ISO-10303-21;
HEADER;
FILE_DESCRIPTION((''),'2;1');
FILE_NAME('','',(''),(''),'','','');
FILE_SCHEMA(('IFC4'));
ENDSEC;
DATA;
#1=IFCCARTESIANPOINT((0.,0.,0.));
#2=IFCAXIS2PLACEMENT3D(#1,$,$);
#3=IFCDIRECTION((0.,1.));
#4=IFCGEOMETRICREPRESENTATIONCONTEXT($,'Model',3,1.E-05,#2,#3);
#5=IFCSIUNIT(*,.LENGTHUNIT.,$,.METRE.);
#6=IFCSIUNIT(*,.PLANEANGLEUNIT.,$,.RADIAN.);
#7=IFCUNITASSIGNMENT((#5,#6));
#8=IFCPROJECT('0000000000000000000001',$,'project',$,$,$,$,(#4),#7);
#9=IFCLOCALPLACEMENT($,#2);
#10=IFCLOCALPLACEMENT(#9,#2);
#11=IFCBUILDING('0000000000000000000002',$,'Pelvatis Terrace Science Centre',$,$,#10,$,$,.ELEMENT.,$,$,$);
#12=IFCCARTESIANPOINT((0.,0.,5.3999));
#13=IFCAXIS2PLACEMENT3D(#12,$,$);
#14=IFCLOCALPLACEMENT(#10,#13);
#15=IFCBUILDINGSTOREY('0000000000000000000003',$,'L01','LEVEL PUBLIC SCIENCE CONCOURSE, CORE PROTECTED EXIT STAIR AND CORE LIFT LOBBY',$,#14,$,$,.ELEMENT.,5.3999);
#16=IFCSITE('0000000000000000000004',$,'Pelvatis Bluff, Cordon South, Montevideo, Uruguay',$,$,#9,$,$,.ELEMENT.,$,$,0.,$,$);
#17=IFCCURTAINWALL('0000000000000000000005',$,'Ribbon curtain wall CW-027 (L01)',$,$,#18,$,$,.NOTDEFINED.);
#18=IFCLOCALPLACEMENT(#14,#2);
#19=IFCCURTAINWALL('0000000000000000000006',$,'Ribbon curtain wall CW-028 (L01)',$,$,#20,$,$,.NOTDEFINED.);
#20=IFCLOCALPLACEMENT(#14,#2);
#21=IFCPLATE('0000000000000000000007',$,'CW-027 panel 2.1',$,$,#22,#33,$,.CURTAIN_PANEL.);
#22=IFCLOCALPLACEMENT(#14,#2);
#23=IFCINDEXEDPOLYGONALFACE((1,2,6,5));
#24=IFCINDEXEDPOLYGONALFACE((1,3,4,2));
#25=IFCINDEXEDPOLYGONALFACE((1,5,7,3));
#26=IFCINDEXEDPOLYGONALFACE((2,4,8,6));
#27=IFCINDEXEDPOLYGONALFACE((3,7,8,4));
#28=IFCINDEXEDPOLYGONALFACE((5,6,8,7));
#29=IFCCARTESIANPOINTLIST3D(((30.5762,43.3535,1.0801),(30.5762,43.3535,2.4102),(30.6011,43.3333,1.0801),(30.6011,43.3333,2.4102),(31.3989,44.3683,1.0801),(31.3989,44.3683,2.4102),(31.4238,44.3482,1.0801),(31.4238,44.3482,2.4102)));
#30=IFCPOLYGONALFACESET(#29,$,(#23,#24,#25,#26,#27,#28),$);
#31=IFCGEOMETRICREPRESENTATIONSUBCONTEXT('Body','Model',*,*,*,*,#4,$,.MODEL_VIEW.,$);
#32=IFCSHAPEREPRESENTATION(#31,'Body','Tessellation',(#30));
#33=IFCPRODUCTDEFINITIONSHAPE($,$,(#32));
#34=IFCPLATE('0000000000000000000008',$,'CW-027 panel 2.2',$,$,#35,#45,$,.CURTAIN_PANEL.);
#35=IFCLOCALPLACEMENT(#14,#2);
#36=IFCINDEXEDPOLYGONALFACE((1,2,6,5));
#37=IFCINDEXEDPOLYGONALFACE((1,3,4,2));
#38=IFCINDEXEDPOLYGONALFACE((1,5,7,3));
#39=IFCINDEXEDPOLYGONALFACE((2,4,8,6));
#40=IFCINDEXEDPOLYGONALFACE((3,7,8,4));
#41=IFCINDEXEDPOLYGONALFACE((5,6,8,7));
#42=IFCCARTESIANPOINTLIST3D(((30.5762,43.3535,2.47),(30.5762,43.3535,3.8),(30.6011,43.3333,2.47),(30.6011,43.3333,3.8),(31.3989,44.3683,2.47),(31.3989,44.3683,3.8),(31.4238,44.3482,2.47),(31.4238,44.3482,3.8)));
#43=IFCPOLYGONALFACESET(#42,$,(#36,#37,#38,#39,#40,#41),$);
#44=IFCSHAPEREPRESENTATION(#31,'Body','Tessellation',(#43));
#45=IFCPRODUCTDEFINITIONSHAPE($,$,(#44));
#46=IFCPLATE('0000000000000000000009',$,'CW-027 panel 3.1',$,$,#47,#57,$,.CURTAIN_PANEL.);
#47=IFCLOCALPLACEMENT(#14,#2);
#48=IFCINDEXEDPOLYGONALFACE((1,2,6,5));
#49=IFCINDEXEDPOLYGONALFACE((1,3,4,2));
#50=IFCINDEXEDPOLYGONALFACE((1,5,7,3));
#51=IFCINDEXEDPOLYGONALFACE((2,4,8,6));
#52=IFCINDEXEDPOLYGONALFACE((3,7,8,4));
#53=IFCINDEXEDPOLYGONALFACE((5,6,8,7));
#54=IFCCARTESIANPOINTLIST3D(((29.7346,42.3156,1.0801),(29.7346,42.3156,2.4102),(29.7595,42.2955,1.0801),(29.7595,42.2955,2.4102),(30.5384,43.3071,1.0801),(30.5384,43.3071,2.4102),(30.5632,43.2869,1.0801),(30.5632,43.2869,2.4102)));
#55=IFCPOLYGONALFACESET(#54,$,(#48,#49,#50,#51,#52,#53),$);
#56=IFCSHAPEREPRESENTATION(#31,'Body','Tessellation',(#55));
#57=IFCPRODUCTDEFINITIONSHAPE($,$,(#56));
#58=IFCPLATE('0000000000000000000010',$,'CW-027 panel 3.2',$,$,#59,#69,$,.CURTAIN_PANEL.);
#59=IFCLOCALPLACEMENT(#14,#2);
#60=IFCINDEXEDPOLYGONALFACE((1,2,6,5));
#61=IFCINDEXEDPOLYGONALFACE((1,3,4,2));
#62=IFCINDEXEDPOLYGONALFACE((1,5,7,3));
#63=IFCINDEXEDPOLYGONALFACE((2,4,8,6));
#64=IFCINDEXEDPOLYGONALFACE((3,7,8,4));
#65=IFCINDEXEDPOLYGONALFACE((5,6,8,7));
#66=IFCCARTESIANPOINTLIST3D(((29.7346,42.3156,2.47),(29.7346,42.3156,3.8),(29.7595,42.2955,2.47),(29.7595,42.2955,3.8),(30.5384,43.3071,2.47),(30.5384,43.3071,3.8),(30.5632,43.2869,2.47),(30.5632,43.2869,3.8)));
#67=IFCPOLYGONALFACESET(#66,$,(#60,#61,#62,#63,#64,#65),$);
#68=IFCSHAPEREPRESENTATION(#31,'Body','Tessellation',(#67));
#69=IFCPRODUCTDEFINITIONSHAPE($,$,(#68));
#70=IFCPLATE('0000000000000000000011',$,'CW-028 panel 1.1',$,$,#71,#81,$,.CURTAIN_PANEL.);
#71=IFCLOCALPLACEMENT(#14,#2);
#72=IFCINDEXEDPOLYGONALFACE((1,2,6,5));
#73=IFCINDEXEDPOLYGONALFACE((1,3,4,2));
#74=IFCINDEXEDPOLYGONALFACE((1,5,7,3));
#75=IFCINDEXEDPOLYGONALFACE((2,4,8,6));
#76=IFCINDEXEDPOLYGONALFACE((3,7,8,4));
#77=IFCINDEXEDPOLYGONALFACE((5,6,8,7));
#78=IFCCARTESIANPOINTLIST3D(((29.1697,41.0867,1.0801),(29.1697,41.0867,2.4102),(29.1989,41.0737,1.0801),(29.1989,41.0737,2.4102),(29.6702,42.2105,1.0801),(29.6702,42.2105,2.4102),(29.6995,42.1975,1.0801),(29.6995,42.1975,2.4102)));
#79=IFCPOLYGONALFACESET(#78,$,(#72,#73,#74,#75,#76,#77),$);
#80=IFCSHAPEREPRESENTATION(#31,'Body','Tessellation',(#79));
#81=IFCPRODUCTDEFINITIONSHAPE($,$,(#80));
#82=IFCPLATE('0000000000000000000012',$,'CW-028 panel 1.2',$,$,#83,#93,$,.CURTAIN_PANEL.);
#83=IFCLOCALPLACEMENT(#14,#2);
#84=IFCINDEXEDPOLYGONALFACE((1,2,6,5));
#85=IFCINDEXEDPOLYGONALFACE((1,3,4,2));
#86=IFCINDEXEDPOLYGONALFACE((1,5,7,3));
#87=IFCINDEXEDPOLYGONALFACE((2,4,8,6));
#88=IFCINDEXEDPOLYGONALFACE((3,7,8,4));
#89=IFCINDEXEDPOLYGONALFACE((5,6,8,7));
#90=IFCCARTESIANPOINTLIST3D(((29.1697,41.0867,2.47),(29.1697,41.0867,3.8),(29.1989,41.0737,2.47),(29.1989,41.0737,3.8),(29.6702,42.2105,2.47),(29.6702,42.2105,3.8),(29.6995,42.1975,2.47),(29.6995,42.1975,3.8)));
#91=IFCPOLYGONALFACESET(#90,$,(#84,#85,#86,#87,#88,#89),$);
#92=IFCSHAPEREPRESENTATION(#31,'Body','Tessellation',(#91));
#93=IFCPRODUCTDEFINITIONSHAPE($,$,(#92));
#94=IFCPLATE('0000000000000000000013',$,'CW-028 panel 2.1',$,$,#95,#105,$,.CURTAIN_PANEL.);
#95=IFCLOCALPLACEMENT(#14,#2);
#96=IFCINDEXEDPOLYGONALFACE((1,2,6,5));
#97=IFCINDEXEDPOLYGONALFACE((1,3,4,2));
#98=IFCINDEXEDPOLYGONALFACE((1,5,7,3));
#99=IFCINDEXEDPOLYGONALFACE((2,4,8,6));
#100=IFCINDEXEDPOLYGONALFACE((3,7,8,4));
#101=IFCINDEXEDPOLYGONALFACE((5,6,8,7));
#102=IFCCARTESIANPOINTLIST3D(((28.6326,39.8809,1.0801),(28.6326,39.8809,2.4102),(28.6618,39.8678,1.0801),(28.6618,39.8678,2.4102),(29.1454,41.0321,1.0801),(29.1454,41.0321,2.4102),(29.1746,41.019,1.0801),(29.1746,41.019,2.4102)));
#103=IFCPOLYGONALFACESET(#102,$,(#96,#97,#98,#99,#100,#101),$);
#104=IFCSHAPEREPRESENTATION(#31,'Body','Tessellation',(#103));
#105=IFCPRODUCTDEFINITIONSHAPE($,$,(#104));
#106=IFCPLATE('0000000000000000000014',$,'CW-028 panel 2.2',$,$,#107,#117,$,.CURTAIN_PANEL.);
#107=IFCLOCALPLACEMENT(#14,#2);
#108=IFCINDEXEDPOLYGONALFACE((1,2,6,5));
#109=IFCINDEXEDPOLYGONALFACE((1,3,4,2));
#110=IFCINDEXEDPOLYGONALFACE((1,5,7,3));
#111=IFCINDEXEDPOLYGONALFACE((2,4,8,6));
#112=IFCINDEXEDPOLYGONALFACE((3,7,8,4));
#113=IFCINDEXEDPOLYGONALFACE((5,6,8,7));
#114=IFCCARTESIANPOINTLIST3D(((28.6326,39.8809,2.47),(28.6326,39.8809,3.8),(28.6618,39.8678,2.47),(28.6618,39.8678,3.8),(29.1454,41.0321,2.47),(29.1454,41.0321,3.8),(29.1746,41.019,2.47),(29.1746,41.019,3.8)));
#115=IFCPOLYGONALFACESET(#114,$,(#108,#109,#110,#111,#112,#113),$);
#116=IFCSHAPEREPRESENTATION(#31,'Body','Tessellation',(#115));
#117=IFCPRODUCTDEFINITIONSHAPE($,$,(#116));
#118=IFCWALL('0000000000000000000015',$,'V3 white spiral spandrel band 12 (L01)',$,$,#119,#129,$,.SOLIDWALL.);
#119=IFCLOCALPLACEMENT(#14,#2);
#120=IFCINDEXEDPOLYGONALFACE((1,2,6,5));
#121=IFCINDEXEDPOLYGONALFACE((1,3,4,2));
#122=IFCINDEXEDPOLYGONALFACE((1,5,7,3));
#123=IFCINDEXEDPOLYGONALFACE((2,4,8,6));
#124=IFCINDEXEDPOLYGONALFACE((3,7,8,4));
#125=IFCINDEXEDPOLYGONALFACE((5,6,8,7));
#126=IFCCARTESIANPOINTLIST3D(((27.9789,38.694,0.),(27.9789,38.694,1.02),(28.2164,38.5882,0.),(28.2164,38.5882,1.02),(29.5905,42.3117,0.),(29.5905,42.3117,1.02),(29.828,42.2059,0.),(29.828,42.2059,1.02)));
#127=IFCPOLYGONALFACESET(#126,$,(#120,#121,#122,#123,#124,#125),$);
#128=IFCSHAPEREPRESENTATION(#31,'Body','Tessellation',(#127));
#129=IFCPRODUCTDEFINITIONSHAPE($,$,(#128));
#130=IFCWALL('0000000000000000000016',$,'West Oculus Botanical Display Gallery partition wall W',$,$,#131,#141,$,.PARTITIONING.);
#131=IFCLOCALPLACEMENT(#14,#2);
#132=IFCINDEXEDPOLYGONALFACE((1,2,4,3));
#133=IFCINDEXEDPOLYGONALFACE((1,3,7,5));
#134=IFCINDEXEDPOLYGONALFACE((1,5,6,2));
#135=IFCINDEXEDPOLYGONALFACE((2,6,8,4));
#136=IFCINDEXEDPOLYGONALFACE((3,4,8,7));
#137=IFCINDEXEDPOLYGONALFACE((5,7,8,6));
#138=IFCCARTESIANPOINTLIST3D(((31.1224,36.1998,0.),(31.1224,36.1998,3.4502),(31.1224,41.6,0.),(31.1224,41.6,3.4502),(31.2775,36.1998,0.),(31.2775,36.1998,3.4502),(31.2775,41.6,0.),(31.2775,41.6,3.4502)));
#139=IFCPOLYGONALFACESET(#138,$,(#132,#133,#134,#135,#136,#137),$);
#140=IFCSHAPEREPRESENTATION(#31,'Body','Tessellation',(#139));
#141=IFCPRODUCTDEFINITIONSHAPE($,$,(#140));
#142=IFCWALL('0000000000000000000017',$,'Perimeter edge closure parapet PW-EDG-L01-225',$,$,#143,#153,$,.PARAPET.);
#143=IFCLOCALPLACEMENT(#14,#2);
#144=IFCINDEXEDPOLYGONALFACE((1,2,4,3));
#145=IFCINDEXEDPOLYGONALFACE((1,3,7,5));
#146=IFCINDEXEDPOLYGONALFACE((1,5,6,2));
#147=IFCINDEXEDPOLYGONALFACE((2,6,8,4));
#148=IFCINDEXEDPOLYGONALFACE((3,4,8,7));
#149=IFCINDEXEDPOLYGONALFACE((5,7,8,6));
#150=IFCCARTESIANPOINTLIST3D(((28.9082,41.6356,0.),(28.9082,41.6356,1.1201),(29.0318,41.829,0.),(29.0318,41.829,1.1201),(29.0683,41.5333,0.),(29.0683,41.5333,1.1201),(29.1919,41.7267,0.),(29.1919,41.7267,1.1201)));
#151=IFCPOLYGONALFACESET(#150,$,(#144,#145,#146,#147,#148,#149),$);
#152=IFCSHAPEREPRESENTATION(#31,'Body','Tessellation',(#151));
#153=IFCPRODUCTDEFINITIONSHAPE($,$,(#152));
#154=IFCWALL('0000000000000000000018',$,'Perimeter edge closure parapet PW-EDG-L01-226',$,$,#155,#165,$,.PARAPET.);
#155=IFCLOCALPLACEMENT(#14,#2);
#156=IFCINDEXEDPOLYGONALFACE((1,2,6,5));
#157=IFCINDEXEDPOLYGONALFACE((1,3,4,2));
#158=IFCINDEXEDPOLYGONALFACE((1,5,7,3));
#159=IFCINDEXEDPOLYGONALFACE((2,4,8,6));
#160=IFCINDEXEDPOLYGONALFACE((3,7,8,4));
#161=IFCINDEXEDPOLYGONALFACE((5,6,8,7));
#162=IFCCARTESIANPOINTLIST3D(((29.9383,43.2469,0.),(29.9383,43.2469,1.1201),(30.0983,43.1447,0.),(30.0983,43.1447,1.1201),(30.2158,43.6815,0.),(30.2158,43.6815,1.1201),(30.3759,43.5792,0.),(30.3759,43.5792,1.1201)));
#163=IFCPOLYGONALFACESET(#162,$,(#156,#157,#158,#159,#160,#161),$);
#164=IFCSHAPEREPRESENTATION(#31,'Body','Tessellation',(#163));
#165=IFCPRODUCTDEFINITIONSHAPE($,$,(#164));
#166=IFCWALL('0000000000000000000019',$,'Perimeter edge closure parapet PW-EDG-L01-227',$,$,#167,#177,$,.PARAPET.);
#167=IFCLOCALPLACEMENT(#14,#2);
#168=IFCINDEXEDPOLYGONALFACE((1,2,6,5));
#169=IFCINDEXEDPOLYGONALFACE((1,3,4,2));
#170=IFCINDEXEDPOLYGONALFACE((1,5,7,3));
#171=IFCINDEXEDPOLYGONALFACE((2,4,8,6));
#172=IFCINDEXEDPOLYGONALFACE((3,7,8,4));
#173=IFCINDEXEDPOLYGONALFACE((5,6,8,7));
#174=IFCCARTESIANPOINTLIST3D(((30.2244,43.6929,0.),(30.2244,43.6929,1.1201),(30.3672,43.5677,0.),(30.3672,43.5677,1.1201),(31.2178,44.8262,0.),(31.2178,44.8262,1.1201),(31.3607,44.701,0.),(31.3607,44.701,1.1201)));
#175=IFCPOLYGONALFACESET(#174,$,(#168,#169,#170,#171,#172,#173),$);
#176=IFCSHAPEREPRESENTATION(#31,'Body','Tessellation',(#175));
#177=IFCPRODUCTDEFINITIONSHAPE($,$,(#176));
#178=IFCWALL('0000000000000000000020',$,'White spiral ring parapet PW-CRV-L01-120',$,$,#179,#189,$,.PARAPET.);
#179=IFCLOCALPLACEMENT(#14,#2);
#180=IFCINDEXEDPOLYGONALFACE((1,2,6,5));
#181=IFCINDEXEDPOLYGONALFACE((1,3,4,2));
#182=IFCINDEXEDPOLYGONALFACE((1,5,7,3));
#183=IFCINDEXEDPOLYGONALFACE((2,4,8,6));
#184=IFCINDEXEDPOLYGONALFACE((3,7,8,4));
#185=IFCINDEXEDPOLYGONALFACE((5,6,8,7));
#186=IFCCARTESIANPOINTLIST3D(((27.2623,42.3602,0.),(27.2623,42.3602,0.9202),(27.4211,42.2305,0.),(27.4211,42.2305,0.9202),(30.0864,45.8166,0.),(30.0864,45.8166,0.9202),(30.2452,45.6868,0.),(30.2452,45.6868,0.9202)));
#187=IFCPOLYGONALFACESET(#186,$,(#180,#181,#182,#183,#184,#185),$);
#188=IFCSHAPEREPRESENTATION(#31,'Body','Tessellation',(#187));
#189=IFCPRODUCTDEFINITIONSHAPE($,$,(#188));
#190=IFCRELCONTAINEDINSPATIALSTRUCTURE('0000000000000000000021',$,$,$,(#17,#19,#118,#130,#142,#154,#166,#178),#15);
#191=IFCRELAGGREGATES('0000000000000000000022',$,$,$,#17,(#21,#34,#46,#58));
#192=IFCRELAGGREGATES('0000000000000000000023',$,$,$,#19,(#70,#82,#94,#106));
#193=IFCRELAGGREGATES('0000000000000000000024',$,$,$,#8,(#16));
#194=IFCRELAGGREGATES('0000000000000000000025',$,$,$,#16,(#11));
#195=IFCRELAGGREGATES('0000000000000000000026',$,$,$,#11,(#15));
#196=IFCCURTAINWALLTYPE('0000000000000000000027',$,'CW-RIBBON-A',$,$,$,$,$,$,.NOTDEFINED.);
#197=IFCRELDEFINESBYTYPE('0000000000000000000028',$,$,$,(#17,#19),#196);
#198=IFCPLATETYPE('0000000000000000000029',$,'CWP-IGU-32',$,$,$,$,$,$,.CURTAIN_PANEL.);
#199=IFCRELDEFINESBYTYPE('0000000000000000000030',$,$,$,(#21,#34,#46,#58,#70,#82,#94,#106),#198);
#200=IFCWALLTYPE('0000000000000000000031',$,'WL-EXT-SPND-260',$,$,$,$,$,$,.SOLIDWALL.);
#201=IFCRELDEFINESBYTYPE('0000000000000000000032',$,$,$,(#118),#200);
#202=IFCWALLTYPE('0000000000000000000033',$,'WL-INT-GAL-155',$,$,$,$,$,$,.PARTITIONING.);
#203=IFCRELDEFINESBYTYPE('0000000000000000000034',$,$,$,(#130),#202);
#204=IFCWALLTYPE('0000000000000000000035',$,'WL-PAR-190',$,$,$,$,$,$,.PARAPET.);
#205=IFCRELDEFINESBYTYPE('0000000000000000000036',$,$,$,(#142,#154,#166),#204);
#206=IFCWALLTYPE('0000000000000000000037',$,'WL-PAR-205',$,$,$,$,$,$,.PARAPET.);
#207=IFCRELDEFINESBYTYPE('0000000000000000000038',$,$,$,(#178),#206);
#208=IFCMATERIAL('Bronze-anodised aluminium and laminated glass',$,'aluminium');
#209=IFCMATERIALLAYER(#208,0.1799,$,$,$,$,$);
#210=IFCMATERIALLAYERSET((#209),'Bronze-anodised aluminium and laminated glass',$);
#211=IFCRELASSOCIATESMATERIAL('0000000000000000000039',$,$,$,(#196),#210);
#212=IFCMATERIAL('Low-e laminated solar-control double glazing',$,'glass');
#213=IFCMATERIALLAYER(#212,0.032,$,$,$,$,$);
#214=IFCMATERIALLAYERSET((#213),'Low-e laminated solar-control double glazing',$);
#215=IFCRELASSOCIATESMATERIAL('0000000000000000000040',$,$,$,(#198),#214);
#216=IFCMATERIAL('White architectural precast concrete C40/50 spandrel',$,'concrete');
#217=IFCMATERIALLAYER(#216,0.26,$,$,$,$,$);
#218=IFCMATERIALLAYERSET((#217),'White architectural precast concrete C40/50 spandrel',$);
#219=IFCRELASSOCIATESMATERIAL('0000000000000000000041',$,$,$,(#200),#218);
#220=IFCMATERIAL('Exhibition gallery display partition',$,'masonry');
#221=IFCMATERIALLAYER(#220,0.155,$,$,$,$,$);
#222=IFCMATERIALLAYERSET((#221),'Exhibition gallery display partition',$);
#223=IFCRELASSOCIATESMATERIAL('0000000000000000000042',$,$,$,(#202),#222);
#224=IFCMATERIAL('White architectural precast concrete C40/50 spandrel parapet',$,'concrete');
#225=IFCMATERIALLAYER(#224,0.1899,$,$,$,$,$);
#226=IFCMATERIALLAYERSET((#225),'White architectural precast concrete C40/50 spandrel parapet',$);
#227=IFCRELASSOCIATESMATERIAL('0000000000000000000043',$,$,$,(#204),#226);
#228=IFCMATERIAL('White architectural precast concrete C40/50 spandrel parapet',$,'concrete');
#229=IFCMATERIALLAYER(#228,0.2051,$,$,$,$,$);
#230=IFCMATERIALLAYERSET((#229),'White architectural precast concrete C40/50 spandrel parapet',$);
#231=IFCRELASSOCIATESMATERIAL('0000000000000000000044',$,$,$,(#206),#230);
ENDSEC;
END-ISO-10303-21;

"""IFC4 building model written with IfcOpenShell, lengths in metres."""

from ifc_helpers import new_model, si_unit, direction, frame, frame_2d, origin, origin_2d, place, context, subcontext, project, spatial, rectangle, extrude, material, layer, layer_set, type_object, element, aggregate, save


model = new_model("IFC4")

# Units and contexts
model_context = context("Model", 3, precision=1e-05, world=origin(), true_north=direction((0.0, 1.0)))
body_context = subcontext(model_context, "Body", "Model", "MODEL_VIEW")
ifc_project = project(units=[si_unit("LENGTHUNIT", "METRE"), si_unit("PLANEANGLEUNIT", "RADIAN")], contexts=[model_context])

# Site, building, storey
site_placement = place(None, origin())
site = spatial("IfcSite", under=ifc_project, at=site_placement, Name="Pelvatis Bluff, Cordon South, Montevideo, Uruguay", CompositionType="ELEMENT", RefElevation=0.0)
building_placement = place(site_placement, origin())
building = spatial("IfcBuilding", under=site, at=building_placement, Name="Pelvatis Terrace Science Centre", CompositionType="ELEMENT")
storey_placement = place(building_placement, frame((0.0, 0.0, 5.3999)))
storey = spatial("IfcBuildingStorey", under=building, at=storey_placement, Name="L01", Description="LEVEL PUBLIC SCIENCE CONCOURSE, CORE PROTECTED EXIT STAIR AND CORE LIFT LOBBY", CompositionType="ELEMENT", Elevation=5.3999)

# Curtain walls
ifc_material_1 = material(Name="Bronze-anodised aluminium and laminated glass", Category="aluminium")
ifc_layer_1 = layer(ifc_material_1, 0.1799)
ifc_layer_set_1 = layer_set([ifc_layer_1], Name="Bronze-anodised aluminium and laminated glass")
curtain_wall_type = type_object("IfcCurtainWallType", Name="CW-RIBBON-A", PredefinedType="NOTDEFINED", material=ifc_layer_set_1)
curtain_wall_1_placement = place(storey_placement, origin())
curtain_wall_1 = element("IfcCurtainWall", 1, at=curtain_wall_1_placement, inside=storey, type_object=curtain_wall_type, Name="Ribbon curtain wall CW-027 (L01)", PredefinedType="NOTDEFINED")
curtain_wall_2_placement = place(storey_placement, origin())
curtain_wall_2 = element("IfcCurtainWall", 2, at=curtain_wall_2_placement, inside=storey, type_object=curtain_wall_type, Name="Ribbon curtain wall CW-028 (L01)", PredefinedType="NOTDEFINED")

# Plates
ifc_material_2 = material(Name="Low-e laminated solar-control double glazing", Category="glass")
ifc_layer_2 = layer(ifc_material_2, 0.032)
ifc_layer_set_2 = layer_set([ifc_layer_2], Name="Low-e laminated solar-control double glazing")
plate_type = type_object("IfcPlateType", Name="CWP-IGU-32", PredefinedType="CURTAIN_PANEL", material=ifc_layer_set_2)
plate_1_placement = place(storey_placement, frame((31.0, 43.8508, 1.0801), z_axis=(0.0, 0.0, 1.0), x_axis=(-0.629734, -0.776811, 0.0)))
plate_1 = element("IfcPlate", 3, at=plate_1_placement, type_object=plate_type, Name="CW-027 panel 2.1", PredefinedType="CURTAIN_PANEL", context=body_context, shape_type="SweptSolid", body=[
    extrude(rectangle(XDim=1.3064, YDim=0.032, at=origin_2d()), origin(), (0.0, 0.0, 1.0), 1.3301),
])
plate_2_placement = place(storey_placement, frame((31.0, 43.8508, 2.47), z_axis=(0.0, 0.0, 1.0), x_axis=(-0.629734, -0.776811, 0.0)))
plate_2 = element("IfcPlate", 4, at=plate_2_placement, type_object=plate_type, Name="CW-027 panel 2.2", PredefinedType="CURTAIN_PANEL", context=body_context, shape_type="SweptSolid", body=[
    extrude(rectangle(XDim=1.3064, YDim=0.032, at=origin_2d()), origin(), (0.0, 0.0, 1.0), 1.3301),
])
plate_3_placement = place(storey_placement, frame((30.1489, 42.8013, 1.0801), z_axis=(0.0, 0.0, 1.0), x_axis=(-0.629734, -0.776811, 0.0)))
plate_3 = element("IfcPlate", 5, at=plate_3_placement, type_object=plate_type, Name="CW-027 panel 3.1", PredefinedType="CURTAIN_PANEL", context=body_context, shape_type="SweptSolid", body=[
    extrude(rectangle(XDim=1.2764, YDim=0.032, at=origin_2d()), origin(), (0.0, 0.0, 1.0), 1.3301),
])
plate_4_placement = place(storey_placement, frame((30.1489, 42.8013, 2.47), z_axis=(0.0, 0.0, 1.0), x_axis=(-0.629734, -0.776811, 0.0)))
plate_4 = element("IfcPlate", 6, at=plate_4_placement, type_object=plate_type, Name="CW-027 panel 3.2", PredefinedType="CURTAIN_PANEL", context=body_context, shape_type="SweptSolid", body=[
    extrude(rectangle(XDim=1.2764, YDim=0.032, at=origin_2d()), origin(), (0.0, 0.0, 1.0), 1.3301),
])
aggregate(curtain_wall_1, [plate_1, plate_2, plate_3, plate_4])
plate_5_placement = place(storey_placement, frame((29.4346, 41.6421, 1.0801), z_axis=(0.0, 0.0, 1.0), x_axis=(-0.406895, -0.913475, 0.0)))
plate_5 = element("IfcPlate", 7, at=plate_5_placement, type_object=plate_type, Name="CW-028 panel 1.1", PredefinedType="CURTAIN_PANEL", context=body_context, shape_type="SweptSolid", body=[
    extrude(rectangle(XDim=1.2302, YDim=0.032, at=origin_2d()), origin(), (0.0, 0.0, 1.0), 1.3301),
])
plate_6_placement = place(storey_placement, frame((29.4346, 41.6421, 2.47), z_axis=(0.0, 0.0, 1.0), x_axis=(-0.406895, -0.913475, 0.0)))
plate_6 = element("IfcPlate", 8, at=plate_6_placement, type_object=plate_type, Name="CW-028 panel 1.2", PredefinedType="CURTAIN_PANEL", context=body_context, shape_type="SweptSolid", body=[
    extrude(rectangle(XDim=1.2302, YDim=0.032, at=origin_2d()), origin(), (0.0, 0.0, 1.0), 1.3301),
])
plate_7_placement = place(storey_placement, frame((28.9036, 40.45, 1.0801), z_axis=(0.0, 0.0, 1.0), x_axis=(-0.406895, -0.913475, 0.0)))
plate_7 = element("IfcPlate", 9, at=plate_7_placement, type_object=plate_type, Name="CW-028 panel 2.1", PredefinedType="CURTAIN_PANEL", context=body_context, shape_type="SweptSolid", body=[
    extrude(rectangle(XDim=1.2603, YDim=0.032, at=origin_2d()), origin(), (0.0, 0.0, 1.0), 1.3301),
])
plate_8_placement = place(storey_placement, frame((28.9036, 40.45, 2.47), z_axis=(0.0, 0.0, 1.0), x_axis=(-0.406895, -0.913475, 0.0)))
plate_8 = element("IfcPlate", 10, at=plate_8_placement, type_object=plate_type, Name="CW-028 panel 2.2", PredefinedType="CURTAIN_PANEL", context=body_context, shape_type="SweptSolid", body=[
    extrude(rectangle(XDim=1.2603, YDim=0.032, at=origin_2d()), origin(), (0.0, 0.0, 1.0), 1.3301),
])
aggregate(curtain_wall_2, [plate_5, plate_6, plate_7, plate_8])

# Walls
ifc_material_3 = material(Name="White architectural precast concrete C40/50 spandrel", Category="concrete")
ifc_layer_3 = layer(ifc_material_3, 0.26)
ifc_layer_set_3 = layer_set([ifc_layer_3], Name="White architectural precast concrete C40/50 spandrel")
wall_type_1 = type_object("IfcWallType", Name="WL-EXT-SPND-260", PredefinedType="SOLIDWALL", material=ifc_layer_set_3)
wall_1_placement = place(storey_placement, frame((29.7092, 42.2588, 0.0), z_axis=(0.0, 0.0, 1.0), x_axis=(-0.406922, -0.913463, 0.0)))
element("IfcWall", 11, at=wall_1_placement, inside=storey, type_object=wall_type_1, Name="V3 white spiral spandrel band 12 (L01)", PredefinedType="SOLIDWALL", context=body_context, shape_type="SweptSolid", body=[
    extrude(rectangle(XDim=3.9604, YDim=0.26, at=frame_2d((1.9802, 0.0))), origin(), (0.0, 0.0, 1.0), 1.02),
])
ifc_material_4 = material(Name="Exhibition gallery display partition", Category="masonry")
ifc_layer_4 = layer(ifc_material_4, 0.155)
ifc_layer_set_4 = layer_set([ifc_layer_4], Name="Exhibition gallery display partition")
wall_type_2 = type_object("IfcWallType", Name="WL-INT-GAL-155", PredefinedType="PARTITIONING", material=ifc_layer_set_4)
wall_2_placement = place(storey_placement, frame((31.2, 41.6001, 0.0), z_axis=(0.0, 0.0, 1.0), x_axis=(0.0, -1.0, 0.0)))
element("IfcWall", 12, at=wall_2_placement, inside=storey, type_object=wall_type_2, Name="West Oculus Botanical Display Gallery partition wall W", PredefinedType="PARTITIONING", context=body_context, shape_type="SweptSolid", body=[
    extrude(rectangle(XDim=5.4001, YDim=0.155, at=frame_2d((2.7002, 0.0))), origin(), (0.0, 0.0, 1.0), 3.4502),
])
ifc_material_5 = material(Name="White architectural precast concrete C40/50 spandrel parapet", Category="concrete")
ifc_layer_5 = layer(ifc_material_5, 0.1899)
ifc_layer_set_5 = layer_set([ifc_layer_5], Name="White architectural precast concrete C40/50 spandrel parapet")
wall_type_3 = type_object("IfcWallType", Name="WL-PAR-190", PredefinedType="PARAPET", material=ifc_layer_set_5)
wall_3_placement = place(storey_placement, frame((28.9883, 41.5845, 0.0), z_axis=(0.0, 0.0, 1.0), x_axis=(0.538389, 0.842696, 0.0)))
element("IfcWall", 13, at=wall_3_placement, inside=storey, type_object=wall_type_3, Name="Perimeter edge closure parapet PW-EDG-L01-225", PredefinedType="PARAPET", context=body_context, shape_type="SweptSolid", body=[
    extrude(rectangle(XDim=0.2295, YDim=0.1899, at=frame_2d((0.1147, 0.0))), origin(), (0.0, 0.0, 1.0), 1.1201),
])
wall_4_placement = place(storey_placement, frame((30.0183, 43.1958, 0.0), z_axis=(0.0, 0.0, 1.0), x_axis=(0.538315, 0.842744, 0.0)))
element("IfcWall", 14, at=wall_4_placement, inside=storey, type_object=wall_type_3, Name="Perimeter edge closure parapet PW-EDG-L01-226", PredefinedType="PARAPET", context=body_context, shape_type="SweptSolid", body=[
    extrude(rectangle(XDim=0.5156, YDim=0.1899, at=frame_2d((0.2578, 0.0))), origin(), (0.0, 0.0, 1.0), 1.1201),
])
wall_5_placement = place(storey_placement, frame((30.2959, 43.6304, 0.0), z_axis=(0.0, 0.0, 1.0), x_axis=(0.65917, 0.751994, 0.0)))
element("IfcWall", 15, at=wall_5_placement, inside=storey, type_object=wall_type_3, Name="Perimeter edge closure parapet PW-EDG-L01-227", PredefinedType="PARAPET", context=body_context, shape_type="SweptSolid", body=[
    extrude(rectangle(XDim=1.5071, YDim=0.1899, at=frame_2d((0.7534, 0.0))), origin(), (0.0, 0.0, 1.0), 1.1201),
])
ifc_material_6 = material(Name="White architectural precast concrete C40/50 spandrel parapet", Category="concrete")
ifc_layer_6 = layer(ifc_material_6, 0.2051)
ifc_layer_set_6 = layer_set([ifc_layer_6], Name="White architectural precast concrete C40/50 spandrel parapet")
wall_type_4 = type_object("IfcWallType", Name="WL-PAR-205", PredefinedType="PARAPET", material=ifc_layer_set_6)
wall_6_placement = place(storey_placement, frame((30.1658, 45.7517, 0.0), z_axis=(0.0, 0.0, 1.0), x_axis=(-0.632713, -0.774386, 0.0)))
element("IfcWall", 16, at=wall_6_placement, inside=storey, type_object=wall_type_4, Name="White spiral ring parapet PW-CRV-L01-120", PredefinedType="PARAPET", context=body_context, shape_type="SweptSolid", body=[
    extrude(rectangle(XDim=4.4634, YDim=0.2051, at=frame_2d((2.2317, 0.0))), origin(), (0.0, 0.0, 1.0), 0.9202),
])

save(model, "model.ifc")
